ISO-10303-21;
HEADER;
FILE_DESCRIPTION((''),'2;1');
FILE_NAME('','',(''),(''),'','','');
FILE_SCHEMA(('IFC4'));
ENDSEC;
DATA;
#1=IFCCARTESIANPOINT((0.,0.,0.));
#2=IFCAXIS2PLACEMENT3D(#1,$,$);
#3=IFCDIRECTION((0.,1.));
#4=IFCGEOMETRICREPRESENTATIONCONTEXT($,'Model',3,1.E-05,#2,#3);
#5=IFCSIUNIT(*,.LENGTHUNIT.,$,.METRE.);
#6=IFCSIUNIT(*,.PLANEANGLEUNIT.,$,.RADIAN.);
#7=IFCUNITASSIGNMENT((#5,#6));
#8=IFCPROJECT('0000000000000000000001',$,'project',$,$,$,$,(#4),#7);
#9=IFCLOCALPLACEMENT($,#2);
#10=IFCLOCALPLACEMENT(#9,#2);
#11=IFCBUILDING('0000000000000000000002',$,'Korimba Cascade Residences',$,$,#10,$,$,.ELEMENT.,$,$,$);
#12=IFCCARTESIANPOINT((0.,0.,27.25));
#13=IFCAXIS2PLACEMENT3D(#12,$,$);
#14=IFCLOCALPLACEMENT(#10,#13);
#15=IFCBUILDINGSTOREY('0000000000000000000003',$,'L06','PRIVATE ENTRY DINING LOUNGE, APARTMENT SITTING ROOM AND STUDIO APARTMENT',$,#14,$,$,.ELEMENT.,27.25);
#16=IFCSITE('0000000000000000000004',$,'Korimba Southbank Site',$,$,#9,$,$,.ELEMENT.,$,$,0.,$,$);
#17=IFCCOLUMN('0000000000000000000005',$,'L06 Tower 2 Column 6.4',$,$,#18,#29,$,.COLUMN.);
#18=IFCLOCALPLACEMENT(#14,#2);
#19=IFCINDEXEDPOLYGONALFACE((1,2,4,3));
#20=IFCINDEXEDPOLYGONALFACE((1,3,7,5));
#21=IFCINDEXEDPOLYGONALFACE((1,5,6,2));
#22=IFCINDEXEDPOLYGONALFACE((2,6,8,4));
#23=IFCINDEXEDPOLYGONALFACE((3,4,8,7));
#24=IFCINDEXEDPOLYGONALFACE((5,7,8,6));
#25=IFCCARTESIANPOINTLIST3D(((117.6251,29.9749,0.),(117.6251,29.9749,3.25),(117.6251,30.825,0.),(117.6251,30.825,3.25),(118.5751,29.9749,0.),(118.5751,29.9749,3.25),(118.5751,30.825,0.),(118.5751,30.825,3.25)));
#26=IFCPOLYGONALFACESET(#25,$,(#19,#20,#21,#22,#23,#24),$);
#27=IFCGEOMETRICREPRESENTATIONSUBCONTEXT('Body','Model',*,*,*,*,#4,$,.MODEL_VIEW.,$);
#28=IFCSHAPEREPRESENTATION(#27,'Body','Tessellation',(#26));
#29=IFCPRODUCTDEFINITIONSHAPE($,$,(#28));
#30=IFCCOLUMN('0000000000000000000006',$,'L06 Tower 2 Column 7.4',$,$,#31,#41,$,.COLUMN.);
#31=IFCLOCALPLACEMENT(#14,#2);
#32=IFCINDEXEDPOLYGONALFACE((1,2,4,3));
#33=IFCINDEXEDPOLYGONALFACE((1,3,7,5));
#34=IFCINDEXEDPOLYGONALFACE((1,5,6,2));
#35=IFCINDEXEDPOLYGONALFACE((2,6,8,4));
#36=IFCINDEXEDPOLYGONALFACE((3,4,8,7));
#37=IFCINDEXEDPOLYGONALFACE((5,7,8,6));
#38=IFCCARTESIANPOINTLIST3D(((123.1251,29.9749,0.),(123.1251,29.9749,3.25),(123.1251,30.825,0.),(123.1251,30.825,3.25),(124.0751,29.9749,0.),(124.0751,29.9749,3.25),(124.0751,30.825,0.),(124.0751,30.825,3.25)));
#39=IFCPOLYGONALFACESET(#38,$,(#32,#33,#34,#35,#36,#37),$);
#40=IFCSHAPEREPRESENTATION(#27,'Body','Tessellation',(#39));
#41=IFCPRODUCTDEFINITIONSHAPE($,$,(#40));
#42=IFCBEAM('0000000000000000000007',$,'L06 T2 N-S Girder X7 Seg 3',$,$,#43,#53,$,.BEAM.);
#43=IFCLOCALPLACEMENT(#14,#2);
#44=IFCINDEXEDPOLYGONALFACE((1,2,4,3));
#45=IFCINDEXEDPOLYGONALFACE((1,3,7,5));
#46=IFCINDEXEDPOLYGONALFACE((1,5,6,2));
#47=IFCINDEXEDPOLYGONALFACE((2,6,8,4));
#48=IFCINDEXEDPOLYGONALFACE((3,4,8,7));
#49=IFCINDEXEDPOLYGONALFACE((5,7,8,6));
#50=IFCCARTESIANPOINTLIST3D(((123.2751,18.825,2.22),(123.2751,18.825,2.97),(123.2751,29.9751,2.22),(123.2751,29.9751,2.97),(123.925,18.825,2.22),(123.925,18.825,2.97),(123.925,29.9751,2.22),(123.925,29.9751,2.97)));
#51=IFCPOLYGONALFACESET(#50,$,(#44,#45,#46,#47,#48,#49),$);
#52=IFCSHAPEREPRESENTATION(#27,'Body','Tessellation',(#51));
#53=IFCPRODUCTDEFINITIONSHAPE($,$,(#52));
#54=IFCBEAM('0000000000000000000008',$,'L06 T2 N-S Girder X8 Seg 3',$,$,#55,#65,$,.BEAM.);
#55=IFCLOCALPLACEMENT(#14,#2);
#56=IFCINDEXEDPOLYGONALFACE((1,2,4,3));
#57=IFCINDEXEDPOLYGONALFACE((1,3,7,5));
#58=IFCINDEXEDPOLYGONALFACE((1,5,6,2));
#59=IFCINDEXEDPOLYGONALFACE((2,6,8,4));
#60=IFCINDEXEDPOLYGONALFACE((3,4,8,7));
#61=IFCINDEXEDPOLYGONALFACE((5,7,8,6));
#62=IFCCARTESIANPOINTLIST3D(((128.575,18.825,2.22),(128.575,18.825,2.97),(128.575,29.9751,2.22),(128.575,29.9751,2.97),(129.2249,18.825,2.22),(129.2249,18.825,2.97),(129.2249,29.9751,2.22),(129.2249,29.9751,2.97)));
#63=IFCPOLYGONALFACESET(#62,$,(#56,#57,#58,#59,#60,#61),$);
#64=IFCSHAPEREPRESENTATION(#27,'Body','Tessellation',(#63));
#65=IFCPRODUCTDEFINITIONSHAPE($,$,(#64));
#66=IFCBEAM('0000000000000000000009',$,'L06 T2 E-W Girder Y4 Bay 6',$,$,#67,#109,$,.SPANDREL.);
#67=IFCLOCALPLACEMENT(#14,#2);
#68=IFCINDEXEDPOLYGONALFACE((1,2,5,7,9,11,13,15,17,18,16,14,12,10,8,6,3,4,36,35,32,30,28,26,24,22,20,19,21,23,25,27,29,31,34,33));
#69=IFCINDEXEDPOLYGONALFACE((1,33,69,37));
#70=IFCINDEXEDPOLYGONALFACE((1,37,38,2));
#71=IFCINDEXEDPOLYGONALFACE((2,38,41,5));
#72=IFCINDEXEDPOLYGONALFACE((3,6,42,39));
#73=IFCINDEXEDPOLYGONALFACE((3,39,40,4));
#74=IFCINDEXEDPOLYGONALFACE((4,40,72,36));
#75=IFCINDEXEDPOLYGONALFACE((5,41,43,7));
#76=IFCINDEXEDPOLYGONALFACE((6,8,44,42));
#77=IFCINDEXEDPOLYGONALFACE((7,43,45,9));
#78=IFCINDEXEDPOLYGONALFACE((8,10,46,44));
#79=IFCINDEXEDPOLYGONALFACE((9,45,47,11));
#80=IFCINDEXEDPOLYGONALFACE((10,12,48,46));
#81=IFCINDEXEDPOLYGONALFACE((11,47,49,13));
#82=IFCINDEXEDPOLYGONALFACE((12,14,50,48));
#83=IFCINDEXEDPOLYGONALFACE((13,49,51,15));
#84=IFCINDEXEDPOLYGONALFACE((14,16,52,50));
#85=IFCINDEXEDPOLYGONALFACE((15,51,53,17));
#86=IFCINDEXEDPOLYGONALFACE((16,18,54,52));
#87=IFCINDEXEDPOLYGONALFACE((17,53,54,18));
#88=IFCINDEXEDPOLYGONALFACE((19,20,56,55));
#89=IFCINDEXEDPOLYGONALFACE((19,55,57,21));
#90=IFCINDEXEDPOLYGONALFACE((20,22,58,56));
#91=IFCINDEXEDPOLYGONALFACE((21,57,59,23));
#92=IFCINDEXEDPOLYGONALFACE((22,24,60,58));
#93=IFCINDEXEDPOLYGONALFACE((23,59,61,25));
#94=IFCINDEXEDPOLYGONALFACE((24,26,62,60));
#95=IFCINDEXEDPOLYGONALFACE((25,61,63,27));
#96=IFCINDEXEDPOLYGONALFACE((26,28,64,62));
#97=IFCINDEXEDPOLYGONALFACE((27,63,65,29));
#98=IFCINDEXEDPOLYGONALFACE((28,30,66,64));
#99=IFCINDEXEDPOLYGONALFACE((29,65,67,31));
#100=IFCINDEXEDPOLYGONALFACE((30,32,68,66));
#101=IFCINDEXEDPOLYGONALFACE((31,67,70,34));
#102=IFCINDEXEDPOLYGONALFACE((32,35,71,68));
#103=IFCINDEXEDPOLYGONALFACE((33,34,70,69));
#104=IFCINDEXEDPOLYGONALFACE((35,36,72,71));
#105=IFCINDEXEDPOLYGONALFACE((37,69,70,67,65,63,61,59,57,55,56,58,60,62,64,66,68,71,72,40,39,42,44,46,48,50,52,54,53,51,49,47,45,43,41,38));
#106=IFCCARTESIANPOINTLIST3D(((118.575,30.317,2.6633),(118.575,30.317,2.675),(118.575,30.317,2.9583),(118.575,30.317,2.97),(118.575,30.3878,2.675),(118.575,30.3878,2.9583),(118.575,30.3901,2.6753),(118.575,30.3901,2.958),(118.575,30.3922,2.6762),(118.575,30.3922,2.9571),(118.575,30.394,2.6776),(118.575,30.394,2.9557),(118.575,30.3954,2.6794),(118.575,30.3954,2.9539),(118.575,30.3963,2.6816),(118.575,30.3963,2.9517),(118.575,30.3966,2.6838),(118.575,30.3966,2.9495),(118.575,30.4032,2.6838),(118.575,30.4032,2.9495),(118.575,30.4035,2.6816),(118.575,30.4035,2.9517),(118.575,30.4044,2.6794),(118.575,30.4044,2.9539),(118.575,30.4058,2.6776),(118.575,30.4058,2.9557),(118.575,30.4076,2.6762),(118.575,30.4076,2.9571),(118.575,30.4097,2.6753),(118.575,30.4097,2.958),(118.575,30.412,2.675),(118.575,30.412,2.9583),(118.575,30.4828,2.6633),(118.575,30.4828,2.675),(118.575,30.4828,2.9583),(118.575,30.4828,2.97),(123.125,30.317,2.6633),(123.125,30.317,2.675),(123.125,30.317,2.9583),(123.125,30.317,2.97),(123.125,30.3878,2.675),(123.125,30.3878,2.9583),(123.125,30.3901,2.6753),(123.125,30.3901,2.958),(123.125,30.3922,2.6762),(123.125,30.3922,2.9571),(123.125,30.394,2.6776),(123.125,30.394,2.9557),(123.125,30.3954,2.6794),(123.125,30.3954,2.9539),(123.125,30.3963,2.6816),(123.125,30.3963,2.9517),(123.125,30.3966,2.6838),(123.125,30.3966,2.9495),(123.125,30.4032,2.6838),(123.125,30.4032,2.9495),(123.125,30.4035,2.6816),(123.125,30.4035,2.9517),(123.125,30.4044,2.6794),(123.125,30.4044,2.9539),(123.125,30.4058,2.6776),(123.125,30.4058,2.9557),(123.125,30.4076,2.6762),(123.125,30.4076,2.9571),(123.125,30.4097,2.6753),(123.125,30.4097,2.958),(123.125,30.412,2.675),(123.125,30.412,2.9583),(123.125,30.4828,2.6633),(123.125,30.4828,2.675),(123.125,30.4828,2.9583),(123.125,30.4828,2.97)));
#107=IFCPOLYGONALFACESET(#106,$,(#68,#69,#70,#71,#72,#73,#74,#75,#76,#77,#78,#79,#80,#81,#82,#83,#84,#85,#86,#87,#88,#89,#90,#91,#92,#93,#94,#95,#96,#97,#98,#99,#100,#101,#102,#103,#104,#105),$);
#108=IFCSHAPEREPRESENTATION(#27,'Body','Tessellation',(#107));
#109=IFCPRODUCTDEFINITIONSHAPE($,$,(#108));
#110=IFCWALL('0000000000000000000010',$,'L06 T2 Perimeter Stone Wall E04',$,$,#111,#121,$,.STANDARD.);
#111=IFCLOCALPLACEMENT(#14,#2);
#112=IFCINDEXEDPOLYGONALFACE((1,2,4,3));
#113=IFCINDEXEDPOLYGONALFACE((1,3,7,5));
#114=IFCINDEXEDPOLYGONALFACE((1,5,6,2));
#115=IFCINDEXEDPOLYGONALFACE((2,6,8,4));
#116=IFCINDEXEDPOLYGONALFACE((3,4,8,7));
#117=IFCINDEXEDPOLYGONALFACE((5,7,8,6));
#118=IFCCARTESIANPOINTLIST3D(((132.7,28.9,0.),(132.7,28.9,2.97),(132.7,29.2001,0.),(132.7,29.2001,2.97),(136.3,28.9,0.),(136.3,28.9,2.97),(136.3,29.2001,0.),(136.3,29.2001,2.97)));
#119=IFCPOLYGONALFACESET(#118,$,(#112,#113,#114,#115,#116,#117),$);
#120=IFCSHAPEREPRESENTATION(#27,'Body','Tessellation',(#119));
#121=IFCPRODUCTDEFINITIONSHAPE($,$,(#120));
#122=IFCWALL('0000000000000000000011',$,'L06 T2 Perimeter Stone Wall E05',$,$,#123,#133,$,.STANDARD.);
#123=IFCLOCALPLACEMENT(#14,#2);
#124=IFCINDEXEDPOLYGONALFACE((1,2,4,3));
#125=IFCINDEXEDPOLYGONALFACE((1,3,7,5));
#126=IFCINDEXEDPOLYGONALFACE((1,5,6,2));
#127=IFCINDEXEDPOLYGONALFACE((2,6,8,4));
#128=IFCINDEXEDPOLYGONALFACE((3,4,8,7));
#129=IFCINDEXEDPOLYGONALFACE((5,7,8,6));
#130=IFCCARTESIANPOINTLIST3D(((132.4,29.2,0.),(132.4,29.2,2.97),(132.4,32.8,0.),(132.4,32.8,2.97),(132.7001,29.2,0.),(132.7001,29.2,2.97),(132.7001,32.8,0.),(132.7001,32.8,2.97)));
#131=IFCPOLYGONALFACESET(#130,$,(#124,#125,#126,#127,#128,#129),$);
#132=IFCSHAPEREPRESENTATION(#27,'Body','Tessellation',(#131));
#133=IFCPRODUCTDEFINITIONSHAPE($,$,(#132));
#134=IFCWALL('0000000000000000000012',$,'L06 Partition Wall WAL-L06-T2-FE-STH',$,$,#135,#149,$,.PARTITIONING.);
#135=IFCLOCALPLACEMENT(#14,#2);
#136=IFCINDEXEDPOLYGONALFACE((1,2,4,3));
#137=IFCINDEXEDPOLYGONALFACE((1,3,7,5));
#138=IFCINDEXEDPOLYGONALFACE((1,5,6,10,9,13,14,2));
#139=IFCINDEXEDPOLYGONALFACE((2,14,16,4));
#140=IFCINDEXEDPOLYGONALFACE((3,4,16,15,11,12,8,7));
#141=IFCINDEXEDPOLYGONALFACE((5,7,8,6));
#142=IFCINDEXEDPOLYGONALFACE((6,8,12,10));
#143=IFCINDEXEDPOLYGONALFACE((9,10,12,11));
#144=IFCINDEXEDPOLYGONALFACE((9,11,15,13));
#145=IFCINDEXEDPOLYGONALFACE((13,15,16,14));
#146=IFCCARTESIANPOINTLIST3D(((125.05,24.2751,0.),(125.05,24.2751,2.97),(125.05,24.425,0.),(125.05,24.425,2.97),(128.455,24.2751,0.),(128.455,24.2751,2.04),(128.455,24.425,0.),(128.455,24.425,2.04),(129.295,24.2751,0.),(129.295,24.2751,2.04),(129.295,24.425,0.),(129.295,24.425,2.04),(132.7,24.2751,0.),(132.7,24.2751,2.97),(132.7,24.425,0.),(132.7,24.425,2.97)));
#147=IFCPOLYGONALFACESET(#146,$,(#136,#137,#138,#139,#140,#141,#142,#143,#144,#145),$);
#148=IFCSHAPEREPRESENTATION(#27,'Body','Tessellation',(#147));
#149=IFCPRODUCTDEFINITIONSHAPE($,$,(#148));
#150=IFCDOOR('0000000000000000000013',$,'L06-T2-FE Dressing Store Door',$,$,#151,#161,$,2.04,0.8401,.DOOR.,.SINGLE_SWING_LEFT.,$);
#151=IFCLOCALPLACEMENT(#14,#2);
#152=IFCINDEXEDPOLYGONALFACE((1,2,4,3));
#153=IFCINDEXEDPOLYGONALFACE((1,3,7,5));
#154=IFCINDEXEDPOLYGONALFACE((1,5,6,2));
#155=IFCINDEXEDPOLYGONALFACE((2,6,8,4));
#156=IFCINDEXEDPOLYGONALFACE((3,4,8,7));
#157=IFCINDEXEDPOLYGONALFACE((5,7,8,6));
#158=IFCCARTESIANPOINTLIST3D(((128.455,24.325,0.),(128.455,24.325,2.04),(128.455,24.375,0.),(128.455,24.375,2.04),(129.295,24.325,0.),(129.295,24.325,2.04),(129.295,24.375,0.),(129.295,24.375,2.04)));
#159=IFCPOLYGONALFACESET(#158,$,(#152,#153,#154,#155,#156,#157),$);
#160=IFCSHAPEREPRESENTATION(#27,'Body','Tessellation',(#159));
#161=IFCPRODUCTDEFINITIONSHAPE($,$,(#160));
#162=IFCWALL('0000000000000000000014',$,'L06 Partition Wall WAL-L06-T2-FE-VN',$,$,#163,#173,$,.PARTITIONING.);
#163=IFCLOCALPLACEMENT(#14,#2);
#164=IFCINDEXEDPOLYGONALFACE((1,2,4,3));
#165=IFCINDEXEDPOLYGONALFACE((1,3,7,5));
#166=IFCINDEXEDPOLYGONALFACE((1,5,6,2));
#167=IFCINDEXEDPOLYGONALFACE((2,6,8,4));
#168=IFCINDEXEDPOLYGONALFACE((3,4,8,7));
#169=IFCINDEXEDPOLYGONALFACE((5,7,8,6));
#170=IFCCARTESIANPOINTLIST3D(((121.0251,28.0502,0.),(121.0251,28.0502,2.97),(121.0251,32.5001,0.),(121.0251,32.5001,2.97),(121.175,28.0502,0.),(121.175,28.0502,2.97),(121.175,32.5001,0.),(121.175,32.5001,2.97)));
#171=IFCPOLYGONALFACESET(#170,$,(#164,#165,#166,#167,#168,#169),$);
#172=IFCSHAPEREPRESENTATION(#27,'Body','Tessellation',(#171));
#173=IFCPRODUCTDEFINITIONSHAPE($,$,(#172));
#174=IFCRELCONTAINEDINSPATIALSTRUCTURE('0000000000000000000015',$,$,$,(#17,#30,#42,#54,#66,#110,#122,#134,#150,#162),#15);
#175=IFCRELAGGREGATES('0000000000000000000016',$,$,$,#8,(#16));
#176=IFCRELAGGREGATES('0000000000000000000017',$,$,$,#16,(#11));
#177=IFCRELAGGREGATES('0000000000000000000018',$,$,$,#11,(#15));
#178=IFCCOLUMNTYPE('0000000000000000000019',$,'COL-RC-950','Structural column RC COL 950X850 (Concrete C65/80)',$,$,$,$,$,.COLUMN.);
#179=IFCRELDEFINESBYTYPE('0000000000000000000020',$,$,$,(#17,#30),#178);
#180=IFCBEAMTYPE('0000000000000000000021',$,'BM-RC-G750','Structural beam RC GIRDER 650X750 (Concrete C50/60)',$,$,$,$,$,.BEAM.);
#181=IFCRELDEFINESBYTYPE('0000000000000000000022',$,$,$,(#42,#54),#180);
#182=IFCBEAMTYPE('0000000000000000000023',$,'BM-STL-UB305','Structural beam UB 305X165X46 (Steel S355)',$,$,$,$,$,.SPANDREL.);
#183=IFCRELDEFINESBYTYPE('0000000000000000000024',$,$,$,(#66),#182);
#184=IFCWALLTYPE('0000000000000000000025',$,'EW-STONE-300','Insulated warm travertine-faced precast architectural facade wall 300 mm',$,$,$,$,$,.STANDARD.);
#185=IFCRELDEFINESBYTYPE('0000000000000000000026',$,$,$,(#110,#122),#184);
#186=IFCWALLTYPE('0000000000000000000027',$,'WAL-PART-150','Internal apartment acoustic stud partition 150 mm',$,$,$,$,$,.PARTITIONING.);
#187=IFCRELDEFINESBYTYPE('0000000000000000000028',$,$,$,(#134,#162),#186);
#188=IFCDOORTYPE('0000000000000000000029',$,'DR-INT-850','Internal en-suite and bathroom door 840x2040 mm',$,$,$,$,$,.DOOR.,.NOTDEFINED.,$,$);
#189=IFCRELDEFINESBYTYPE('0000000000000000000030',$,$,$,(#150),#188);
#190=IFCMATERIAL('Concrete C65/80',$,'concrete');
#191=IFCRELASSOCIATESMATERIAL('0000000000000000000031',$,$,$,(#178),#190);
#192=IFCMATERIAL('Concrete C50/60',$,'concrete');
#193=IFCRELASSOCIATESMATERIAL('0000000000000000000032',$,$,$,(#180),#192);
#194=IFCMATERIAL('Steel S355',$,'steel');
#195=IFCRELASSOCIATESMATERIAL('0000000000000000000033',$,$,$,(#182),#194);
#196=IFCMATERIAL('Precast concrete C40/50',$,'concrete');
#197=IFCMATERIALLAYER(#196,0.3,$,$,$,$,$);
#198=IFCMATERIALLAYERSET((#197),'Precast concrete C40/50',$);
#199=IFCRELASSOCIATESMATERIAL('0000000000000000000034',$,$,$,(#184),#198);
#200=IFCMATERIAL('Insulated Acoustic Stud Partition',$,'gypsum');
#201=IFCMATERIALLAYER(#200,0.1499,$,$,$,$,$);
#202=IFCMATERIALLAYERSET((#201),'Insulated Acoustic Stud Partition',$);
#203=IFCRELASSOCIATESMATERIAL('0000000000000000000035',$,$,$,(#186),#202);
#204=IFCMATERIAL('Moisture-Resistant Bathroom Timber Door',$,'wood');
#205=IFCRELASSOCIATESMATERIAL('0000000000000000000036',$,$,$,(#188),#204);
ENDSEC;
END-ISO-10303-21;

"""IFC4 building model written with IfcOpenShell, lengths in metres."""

from ifc_helpers import new_model, si_unit, direction, frame, frame_2d, origin, origin_2d, place, context, subcontext, project, spatial, rectangle, i_section, extrude, material, layer, layer_set, material_profile, profile_set, type_object, element, fill, save


model = new_model("IFC4")

# Units and contexts
model_context = context("Model", 3, precision=1e-05, world=origin(), true_north=direction((0.0, 1.0)))
body_context = subcontext(model_context, "Body", "Model", "MODEL_VIEW")
ifc_project = project(units=[si_unit("LENGTHUNIT", "METRE"), si_unit("PLANEANGLEUNIT", "RADIAN")], contexts=[model_context])

# Site, building, storey
site_placement = place(None, origin())
site = spatial("IfcSite", under=ifc_project, at=site_placement, Name="Korimba Southbank Site", CompositionType="ELEMENT", RefElevation=0.0)
building_placement = place(site_placement, origin())
building = spatial("IfcBuilding", under=site, at=building_placement, Name="Korimba Cascade Residences", CompositionType="ELEMENT")
storey_placement = place(building_placement, frame((0.0, 0.0, 27.25)))
storey = spatial("IfcBuildingStorey", under=building, at=storey_placement, Name="L06", Description="PRIVATE ENTRY DINING LOUNGE, APARTMENT SITTING ROOM AND STUDIO APARTMENT", CompositionType="ELEMENT", Elevation=27.25)

# Columns
ifc_material_1 = material(Name="Concrete C65/80", Category="concrete")
ifc_material_profile_1 = material_profile(ifc_material_1, rectangle(XDim=0.95, YDim=0.8501, at=origin_2d()), Name="Concrete C65/80")
ifc_profile_set_1 = profile_set([ifc_material_profile_1], Name="Concrete C65/80")
column_type = type_object("IfcColumnType", Name="COL-RC-950", Description="Structural column RC COL 950X850 (Concrete C65/80)", PredefinedType="COLUMN", material=ifc_profile_set_1)
for number, where, z_axis, x_axis, name in (
    (1, (118.1001, 30.3999, 0.0), (0.0, 0.0, 1.0), (1.0, 0.0, 0.0), "L06 Tower 2 Column 6.4"),
    (2, (123.6001, 30.3999, 0.0), (0.0, 0.0, 1.0), (1.0, 0.0, 0.0), "L06 Tower 2 Column 7.4"),
):
    element("IfcColumn", number, at=place(storey_placement, frame(where, z_axis=z_axis, x_axis=x_axis)), inside=storey, type_object=column_type, Name=name, PredefinedType="COLUMN", context=body_context, shape_type="SweptSolid", body=[
        extrude(rectangle(XDim=0.95, YDim=0.8501, at=origin_2d()), origin(), (0.0, 0.0, 1.0), 3.25),
    ])

# Beams
ifc_material_2 = material(Name="Concrete C50/60", Category="concrete")
ifc_material_profile_2 = material_profile(ifc_material_2, rectangle(XDim=0.6499, YDim=0.75, at=origin_2d()), Name="Concrete C50/60")
ifc_profile_set_2 = profile_set([ifc_material_profile_2], Name="Concrete C50/60")
beam_type_1 = type_object("IfcBeamType", Name="BM-RC-G750", Description="Structural beam RC GIRDER 650X750 (Concrete C50/60)", PredefinedType="BEAM", material=ifc_profile_set_2)
for number, where, z_axis, x_axis, name in (
    (3, (123.6001, 18.825, 2.595), (0.0, 1.0, 0.0), (-1.0, 0.0, 0.0), "L06 T2 N-S Girder X7 Seg 3"),
    (4, (128.8999, 18.825, 2.595), (0.0, 1.0, 0.0), (-1.0, 0.0, 0.0), "L06 T2 N-S Girder X8 Seg 3"),
):
    element("IfcBeam", number, at=place(storey_placement, frame(where, z_axis=z_axis, x_axis=x_axis)), inside=storey, type_object=beam_type_1, Name=name, PredefinedType="BEAM", context=body_context, shape_type="SweptSolid", body=[
        extrude(rectangle(XDim=0.6499, YDim=0.75, at=origin_2d()), origin(), (0.0, 0.0, 1.0), 11.1501),
    ])
ifc_material_3 = material(Name="Steel S355", Category="steel")
ifc_material_profile_3 = material_profile(ifc_material_3, i_section(OverallWidth=0.1658, OverallDepth=0.3066, WebThickness=0.0066, FlangeThickness=0.0117, FilletRadius=0.0088, at=origin_2d()), Name="Steel S355")
ifc_profile_set_3 = profile_set([ifc_material_profile_3], Name="Steel S355")
beam_type_2 = type_object("IfcBeamType", Name="BM-STL-UB305", Description="Structural beam UB 305X165X46 (Steel S355)", PredefinedType="SPANDREL", material=ifc_profile_set_3)
beam_placement = place(storey_placement, frame((118.575, 30.3999, 2.8167), z_axis=(1.0, 0.0, 0.0), x_axis=(0.0, 1.0, 0.0)))
element("IfcBeam", 5, at=beam_placement, inside=storey, type_object=beam_type_2, Name="L06 T2 E-W Girder Y4 Bay 6", PredefinedType="SPANDREL", context=body_context, shape_type="SweptSolid", body=[
    extrude(i_section(OverallWidth=0.1658, OverallDepth=0.3066, WebThickness=0.0066, FlangeThickness=0.0117, FilletRadius=0.0088, at=origin_2d()), origin(), (0.0, 0.0, 1.0), 4.55),
])

# Walls
ifc_material_4 = material(Name="Precast concrete C40/50", Category="concrete")
ifc_layer_1 = layer(ifc_material_4, 0.3)
ifc_layer_set_1 = layer_set([ifc_layer_1], Name="Precast concrete C40/50")
wall_type_1 = type_object("IfcWallType", Name="EW-STONE-300", Description="Insulated warm travertine-faced precast architectural facade wall 300 mm", PredefinedType="STANDARD", material=ifc_layer_set_1)
for number, where, z_axis, x_axis, name in (
    (6, (136.3, 29.05, 0.0), (0.0, 0.0, 1.0), (-1.0, 0.0, 0.0), "L06 T2 Perimeter Stone Wall E04"),
    (7, (132.55, 29.2, 0.0), (0.0, 0.0, 1.0), (0.0, 1.0, 0.0), "L06 T2 Perimeter Stone Wall E05"),
):
    element("IfcWall", number, at=place(storey_placement, frame(where, z_axis=z_axis, x_axis=x_axis)), inside=storey, type_object=wall_type_1, Name=name, PredefinedType="STANDARD", context=body_context, shape_type="SweptSolid", body=[
        extrude(rectangle(XDim=3.6001, YDim=0.3, at=frame_2d((1.8, 0.0))), origin(), (0.0, 0.0, 1.0), 2.97),
    ])

# Wall, opening, door
ifc_material_5 = material(Name="Insulated Acoustic Stud Partition", Category="gypsum")
ifc_layer_2 = layer(ifc_material_5, 0.1499)
ifc_layer_set_2 = layer_set([ifc_layer_2], Name="Insulated Acoustic Stud Partition")
wall_type_2 = type_object("IfcWallType", Name="WAL-PART-150", Description="Internal apartment acoustic stud partition 150 mm", PredefinedType="PARTITIONING", material=ifc_layer_set_2)
wall_1_placement = place(storey_placement, frame((125.05, 24.3501, 0.0), z_axis=(0.0, 0.0, 1.0), x_axis=(1.0, 0.0, 0.0)))
wall_1 = element("IfcWall", 8, at=wall_1_placement, inside=storey, type_object=wall_type_2, Name="L06 Partition Wall WAL-L06-T2-FE-STH", PredefinedType="PARTITIONING", context=body_context, shape_type="SweptSolid", body=[
    extrude(rectangle(XDim=7.6499, YDim=0.1499, at=frame_2d((3.825, 0.0))), origin(), (0.0, 0.0, 1.0), 2.97),
])
opening_1_placement = place(wall_1_placement, frame((3.405, 0.0, 0.0)))
opening_1 = element("IfcOpeningElement", 9, at=opening_1_placement, cuts=wall_1, PredefinedType="OPENING", context=body_context, shape_type="SweptSolid", body=[
    extrude(rectangle(XDim=0.8401, YDim=2.04, at=frame_2d((0.4199, 1.02))), frame((0.0, 0.085, 0.0), z_axis=(0.0, -1.0, 0.0), x_axis=(1.0, 0.0, 0.0)), (0.0, 0.0, 1.0), 0.1699),
])
ifc_material_6 = material(Name="Moisture-Resistant Bathroom Timber Door", Category="wood")
door_type_1 = type_object("IfcDoorType", Name="DR-INT-850", Description="Internal en-suite and bathroom door 840x2040 mm", OperationType="NOTDEFINED", PredefinedType="DOOR", material=ifc_material_6)
door_1_placement = place(opening_1_placement, origin())
door_1 = element("IfcDoor", 10, at=door_1_placement, inside=storey, type_object=door_type_1, Name="L06-T2-FE Dressing Store Door", OperationType="SINGLE_SWING_LEFT", OverallHeight=2.04, OverallWidth=0.8401, PredefinedType="DOOR", context=body_context, shape_type="SweptSolid", body=[
    extrude(rectangle(XDim=0.8401, YDim=2.04, at=frame_2d((0.4199, 1.02))), frame((0.0, 0.0249, 0.0), z_axis=(0.0, -1.0, 0.0), x_axis=(1.0, 0.0, 0.0)), (0.0, 0.0, 1.0), 0.05),
])
fill(opening_1, door_1)

# Wall
wall_2_placement = place(storey_placement, frame((121.1001, 28.05, 0.0), z_axis=(0.0, 0.0, 1.0), x_axis=(0.0, 1.0, 0.0)))
element("IfcWall", 11, at=wall_2_placement, inside=storey, type_object=wall_type_2, Name="L06 Partition Wall WAL-L06-T2-FE-VN", PredefinedType="PARTITIONING", context=body_context, shape_type="SweptSolid", body=[
    extrude(rectangle(XDim=4.45, YDim=0.1499, at=frame_2d((2.2251, 0.0))), origin(), (0.0, 0.0, 1.0), 2.97),
])

save(model, "model.ifc")
